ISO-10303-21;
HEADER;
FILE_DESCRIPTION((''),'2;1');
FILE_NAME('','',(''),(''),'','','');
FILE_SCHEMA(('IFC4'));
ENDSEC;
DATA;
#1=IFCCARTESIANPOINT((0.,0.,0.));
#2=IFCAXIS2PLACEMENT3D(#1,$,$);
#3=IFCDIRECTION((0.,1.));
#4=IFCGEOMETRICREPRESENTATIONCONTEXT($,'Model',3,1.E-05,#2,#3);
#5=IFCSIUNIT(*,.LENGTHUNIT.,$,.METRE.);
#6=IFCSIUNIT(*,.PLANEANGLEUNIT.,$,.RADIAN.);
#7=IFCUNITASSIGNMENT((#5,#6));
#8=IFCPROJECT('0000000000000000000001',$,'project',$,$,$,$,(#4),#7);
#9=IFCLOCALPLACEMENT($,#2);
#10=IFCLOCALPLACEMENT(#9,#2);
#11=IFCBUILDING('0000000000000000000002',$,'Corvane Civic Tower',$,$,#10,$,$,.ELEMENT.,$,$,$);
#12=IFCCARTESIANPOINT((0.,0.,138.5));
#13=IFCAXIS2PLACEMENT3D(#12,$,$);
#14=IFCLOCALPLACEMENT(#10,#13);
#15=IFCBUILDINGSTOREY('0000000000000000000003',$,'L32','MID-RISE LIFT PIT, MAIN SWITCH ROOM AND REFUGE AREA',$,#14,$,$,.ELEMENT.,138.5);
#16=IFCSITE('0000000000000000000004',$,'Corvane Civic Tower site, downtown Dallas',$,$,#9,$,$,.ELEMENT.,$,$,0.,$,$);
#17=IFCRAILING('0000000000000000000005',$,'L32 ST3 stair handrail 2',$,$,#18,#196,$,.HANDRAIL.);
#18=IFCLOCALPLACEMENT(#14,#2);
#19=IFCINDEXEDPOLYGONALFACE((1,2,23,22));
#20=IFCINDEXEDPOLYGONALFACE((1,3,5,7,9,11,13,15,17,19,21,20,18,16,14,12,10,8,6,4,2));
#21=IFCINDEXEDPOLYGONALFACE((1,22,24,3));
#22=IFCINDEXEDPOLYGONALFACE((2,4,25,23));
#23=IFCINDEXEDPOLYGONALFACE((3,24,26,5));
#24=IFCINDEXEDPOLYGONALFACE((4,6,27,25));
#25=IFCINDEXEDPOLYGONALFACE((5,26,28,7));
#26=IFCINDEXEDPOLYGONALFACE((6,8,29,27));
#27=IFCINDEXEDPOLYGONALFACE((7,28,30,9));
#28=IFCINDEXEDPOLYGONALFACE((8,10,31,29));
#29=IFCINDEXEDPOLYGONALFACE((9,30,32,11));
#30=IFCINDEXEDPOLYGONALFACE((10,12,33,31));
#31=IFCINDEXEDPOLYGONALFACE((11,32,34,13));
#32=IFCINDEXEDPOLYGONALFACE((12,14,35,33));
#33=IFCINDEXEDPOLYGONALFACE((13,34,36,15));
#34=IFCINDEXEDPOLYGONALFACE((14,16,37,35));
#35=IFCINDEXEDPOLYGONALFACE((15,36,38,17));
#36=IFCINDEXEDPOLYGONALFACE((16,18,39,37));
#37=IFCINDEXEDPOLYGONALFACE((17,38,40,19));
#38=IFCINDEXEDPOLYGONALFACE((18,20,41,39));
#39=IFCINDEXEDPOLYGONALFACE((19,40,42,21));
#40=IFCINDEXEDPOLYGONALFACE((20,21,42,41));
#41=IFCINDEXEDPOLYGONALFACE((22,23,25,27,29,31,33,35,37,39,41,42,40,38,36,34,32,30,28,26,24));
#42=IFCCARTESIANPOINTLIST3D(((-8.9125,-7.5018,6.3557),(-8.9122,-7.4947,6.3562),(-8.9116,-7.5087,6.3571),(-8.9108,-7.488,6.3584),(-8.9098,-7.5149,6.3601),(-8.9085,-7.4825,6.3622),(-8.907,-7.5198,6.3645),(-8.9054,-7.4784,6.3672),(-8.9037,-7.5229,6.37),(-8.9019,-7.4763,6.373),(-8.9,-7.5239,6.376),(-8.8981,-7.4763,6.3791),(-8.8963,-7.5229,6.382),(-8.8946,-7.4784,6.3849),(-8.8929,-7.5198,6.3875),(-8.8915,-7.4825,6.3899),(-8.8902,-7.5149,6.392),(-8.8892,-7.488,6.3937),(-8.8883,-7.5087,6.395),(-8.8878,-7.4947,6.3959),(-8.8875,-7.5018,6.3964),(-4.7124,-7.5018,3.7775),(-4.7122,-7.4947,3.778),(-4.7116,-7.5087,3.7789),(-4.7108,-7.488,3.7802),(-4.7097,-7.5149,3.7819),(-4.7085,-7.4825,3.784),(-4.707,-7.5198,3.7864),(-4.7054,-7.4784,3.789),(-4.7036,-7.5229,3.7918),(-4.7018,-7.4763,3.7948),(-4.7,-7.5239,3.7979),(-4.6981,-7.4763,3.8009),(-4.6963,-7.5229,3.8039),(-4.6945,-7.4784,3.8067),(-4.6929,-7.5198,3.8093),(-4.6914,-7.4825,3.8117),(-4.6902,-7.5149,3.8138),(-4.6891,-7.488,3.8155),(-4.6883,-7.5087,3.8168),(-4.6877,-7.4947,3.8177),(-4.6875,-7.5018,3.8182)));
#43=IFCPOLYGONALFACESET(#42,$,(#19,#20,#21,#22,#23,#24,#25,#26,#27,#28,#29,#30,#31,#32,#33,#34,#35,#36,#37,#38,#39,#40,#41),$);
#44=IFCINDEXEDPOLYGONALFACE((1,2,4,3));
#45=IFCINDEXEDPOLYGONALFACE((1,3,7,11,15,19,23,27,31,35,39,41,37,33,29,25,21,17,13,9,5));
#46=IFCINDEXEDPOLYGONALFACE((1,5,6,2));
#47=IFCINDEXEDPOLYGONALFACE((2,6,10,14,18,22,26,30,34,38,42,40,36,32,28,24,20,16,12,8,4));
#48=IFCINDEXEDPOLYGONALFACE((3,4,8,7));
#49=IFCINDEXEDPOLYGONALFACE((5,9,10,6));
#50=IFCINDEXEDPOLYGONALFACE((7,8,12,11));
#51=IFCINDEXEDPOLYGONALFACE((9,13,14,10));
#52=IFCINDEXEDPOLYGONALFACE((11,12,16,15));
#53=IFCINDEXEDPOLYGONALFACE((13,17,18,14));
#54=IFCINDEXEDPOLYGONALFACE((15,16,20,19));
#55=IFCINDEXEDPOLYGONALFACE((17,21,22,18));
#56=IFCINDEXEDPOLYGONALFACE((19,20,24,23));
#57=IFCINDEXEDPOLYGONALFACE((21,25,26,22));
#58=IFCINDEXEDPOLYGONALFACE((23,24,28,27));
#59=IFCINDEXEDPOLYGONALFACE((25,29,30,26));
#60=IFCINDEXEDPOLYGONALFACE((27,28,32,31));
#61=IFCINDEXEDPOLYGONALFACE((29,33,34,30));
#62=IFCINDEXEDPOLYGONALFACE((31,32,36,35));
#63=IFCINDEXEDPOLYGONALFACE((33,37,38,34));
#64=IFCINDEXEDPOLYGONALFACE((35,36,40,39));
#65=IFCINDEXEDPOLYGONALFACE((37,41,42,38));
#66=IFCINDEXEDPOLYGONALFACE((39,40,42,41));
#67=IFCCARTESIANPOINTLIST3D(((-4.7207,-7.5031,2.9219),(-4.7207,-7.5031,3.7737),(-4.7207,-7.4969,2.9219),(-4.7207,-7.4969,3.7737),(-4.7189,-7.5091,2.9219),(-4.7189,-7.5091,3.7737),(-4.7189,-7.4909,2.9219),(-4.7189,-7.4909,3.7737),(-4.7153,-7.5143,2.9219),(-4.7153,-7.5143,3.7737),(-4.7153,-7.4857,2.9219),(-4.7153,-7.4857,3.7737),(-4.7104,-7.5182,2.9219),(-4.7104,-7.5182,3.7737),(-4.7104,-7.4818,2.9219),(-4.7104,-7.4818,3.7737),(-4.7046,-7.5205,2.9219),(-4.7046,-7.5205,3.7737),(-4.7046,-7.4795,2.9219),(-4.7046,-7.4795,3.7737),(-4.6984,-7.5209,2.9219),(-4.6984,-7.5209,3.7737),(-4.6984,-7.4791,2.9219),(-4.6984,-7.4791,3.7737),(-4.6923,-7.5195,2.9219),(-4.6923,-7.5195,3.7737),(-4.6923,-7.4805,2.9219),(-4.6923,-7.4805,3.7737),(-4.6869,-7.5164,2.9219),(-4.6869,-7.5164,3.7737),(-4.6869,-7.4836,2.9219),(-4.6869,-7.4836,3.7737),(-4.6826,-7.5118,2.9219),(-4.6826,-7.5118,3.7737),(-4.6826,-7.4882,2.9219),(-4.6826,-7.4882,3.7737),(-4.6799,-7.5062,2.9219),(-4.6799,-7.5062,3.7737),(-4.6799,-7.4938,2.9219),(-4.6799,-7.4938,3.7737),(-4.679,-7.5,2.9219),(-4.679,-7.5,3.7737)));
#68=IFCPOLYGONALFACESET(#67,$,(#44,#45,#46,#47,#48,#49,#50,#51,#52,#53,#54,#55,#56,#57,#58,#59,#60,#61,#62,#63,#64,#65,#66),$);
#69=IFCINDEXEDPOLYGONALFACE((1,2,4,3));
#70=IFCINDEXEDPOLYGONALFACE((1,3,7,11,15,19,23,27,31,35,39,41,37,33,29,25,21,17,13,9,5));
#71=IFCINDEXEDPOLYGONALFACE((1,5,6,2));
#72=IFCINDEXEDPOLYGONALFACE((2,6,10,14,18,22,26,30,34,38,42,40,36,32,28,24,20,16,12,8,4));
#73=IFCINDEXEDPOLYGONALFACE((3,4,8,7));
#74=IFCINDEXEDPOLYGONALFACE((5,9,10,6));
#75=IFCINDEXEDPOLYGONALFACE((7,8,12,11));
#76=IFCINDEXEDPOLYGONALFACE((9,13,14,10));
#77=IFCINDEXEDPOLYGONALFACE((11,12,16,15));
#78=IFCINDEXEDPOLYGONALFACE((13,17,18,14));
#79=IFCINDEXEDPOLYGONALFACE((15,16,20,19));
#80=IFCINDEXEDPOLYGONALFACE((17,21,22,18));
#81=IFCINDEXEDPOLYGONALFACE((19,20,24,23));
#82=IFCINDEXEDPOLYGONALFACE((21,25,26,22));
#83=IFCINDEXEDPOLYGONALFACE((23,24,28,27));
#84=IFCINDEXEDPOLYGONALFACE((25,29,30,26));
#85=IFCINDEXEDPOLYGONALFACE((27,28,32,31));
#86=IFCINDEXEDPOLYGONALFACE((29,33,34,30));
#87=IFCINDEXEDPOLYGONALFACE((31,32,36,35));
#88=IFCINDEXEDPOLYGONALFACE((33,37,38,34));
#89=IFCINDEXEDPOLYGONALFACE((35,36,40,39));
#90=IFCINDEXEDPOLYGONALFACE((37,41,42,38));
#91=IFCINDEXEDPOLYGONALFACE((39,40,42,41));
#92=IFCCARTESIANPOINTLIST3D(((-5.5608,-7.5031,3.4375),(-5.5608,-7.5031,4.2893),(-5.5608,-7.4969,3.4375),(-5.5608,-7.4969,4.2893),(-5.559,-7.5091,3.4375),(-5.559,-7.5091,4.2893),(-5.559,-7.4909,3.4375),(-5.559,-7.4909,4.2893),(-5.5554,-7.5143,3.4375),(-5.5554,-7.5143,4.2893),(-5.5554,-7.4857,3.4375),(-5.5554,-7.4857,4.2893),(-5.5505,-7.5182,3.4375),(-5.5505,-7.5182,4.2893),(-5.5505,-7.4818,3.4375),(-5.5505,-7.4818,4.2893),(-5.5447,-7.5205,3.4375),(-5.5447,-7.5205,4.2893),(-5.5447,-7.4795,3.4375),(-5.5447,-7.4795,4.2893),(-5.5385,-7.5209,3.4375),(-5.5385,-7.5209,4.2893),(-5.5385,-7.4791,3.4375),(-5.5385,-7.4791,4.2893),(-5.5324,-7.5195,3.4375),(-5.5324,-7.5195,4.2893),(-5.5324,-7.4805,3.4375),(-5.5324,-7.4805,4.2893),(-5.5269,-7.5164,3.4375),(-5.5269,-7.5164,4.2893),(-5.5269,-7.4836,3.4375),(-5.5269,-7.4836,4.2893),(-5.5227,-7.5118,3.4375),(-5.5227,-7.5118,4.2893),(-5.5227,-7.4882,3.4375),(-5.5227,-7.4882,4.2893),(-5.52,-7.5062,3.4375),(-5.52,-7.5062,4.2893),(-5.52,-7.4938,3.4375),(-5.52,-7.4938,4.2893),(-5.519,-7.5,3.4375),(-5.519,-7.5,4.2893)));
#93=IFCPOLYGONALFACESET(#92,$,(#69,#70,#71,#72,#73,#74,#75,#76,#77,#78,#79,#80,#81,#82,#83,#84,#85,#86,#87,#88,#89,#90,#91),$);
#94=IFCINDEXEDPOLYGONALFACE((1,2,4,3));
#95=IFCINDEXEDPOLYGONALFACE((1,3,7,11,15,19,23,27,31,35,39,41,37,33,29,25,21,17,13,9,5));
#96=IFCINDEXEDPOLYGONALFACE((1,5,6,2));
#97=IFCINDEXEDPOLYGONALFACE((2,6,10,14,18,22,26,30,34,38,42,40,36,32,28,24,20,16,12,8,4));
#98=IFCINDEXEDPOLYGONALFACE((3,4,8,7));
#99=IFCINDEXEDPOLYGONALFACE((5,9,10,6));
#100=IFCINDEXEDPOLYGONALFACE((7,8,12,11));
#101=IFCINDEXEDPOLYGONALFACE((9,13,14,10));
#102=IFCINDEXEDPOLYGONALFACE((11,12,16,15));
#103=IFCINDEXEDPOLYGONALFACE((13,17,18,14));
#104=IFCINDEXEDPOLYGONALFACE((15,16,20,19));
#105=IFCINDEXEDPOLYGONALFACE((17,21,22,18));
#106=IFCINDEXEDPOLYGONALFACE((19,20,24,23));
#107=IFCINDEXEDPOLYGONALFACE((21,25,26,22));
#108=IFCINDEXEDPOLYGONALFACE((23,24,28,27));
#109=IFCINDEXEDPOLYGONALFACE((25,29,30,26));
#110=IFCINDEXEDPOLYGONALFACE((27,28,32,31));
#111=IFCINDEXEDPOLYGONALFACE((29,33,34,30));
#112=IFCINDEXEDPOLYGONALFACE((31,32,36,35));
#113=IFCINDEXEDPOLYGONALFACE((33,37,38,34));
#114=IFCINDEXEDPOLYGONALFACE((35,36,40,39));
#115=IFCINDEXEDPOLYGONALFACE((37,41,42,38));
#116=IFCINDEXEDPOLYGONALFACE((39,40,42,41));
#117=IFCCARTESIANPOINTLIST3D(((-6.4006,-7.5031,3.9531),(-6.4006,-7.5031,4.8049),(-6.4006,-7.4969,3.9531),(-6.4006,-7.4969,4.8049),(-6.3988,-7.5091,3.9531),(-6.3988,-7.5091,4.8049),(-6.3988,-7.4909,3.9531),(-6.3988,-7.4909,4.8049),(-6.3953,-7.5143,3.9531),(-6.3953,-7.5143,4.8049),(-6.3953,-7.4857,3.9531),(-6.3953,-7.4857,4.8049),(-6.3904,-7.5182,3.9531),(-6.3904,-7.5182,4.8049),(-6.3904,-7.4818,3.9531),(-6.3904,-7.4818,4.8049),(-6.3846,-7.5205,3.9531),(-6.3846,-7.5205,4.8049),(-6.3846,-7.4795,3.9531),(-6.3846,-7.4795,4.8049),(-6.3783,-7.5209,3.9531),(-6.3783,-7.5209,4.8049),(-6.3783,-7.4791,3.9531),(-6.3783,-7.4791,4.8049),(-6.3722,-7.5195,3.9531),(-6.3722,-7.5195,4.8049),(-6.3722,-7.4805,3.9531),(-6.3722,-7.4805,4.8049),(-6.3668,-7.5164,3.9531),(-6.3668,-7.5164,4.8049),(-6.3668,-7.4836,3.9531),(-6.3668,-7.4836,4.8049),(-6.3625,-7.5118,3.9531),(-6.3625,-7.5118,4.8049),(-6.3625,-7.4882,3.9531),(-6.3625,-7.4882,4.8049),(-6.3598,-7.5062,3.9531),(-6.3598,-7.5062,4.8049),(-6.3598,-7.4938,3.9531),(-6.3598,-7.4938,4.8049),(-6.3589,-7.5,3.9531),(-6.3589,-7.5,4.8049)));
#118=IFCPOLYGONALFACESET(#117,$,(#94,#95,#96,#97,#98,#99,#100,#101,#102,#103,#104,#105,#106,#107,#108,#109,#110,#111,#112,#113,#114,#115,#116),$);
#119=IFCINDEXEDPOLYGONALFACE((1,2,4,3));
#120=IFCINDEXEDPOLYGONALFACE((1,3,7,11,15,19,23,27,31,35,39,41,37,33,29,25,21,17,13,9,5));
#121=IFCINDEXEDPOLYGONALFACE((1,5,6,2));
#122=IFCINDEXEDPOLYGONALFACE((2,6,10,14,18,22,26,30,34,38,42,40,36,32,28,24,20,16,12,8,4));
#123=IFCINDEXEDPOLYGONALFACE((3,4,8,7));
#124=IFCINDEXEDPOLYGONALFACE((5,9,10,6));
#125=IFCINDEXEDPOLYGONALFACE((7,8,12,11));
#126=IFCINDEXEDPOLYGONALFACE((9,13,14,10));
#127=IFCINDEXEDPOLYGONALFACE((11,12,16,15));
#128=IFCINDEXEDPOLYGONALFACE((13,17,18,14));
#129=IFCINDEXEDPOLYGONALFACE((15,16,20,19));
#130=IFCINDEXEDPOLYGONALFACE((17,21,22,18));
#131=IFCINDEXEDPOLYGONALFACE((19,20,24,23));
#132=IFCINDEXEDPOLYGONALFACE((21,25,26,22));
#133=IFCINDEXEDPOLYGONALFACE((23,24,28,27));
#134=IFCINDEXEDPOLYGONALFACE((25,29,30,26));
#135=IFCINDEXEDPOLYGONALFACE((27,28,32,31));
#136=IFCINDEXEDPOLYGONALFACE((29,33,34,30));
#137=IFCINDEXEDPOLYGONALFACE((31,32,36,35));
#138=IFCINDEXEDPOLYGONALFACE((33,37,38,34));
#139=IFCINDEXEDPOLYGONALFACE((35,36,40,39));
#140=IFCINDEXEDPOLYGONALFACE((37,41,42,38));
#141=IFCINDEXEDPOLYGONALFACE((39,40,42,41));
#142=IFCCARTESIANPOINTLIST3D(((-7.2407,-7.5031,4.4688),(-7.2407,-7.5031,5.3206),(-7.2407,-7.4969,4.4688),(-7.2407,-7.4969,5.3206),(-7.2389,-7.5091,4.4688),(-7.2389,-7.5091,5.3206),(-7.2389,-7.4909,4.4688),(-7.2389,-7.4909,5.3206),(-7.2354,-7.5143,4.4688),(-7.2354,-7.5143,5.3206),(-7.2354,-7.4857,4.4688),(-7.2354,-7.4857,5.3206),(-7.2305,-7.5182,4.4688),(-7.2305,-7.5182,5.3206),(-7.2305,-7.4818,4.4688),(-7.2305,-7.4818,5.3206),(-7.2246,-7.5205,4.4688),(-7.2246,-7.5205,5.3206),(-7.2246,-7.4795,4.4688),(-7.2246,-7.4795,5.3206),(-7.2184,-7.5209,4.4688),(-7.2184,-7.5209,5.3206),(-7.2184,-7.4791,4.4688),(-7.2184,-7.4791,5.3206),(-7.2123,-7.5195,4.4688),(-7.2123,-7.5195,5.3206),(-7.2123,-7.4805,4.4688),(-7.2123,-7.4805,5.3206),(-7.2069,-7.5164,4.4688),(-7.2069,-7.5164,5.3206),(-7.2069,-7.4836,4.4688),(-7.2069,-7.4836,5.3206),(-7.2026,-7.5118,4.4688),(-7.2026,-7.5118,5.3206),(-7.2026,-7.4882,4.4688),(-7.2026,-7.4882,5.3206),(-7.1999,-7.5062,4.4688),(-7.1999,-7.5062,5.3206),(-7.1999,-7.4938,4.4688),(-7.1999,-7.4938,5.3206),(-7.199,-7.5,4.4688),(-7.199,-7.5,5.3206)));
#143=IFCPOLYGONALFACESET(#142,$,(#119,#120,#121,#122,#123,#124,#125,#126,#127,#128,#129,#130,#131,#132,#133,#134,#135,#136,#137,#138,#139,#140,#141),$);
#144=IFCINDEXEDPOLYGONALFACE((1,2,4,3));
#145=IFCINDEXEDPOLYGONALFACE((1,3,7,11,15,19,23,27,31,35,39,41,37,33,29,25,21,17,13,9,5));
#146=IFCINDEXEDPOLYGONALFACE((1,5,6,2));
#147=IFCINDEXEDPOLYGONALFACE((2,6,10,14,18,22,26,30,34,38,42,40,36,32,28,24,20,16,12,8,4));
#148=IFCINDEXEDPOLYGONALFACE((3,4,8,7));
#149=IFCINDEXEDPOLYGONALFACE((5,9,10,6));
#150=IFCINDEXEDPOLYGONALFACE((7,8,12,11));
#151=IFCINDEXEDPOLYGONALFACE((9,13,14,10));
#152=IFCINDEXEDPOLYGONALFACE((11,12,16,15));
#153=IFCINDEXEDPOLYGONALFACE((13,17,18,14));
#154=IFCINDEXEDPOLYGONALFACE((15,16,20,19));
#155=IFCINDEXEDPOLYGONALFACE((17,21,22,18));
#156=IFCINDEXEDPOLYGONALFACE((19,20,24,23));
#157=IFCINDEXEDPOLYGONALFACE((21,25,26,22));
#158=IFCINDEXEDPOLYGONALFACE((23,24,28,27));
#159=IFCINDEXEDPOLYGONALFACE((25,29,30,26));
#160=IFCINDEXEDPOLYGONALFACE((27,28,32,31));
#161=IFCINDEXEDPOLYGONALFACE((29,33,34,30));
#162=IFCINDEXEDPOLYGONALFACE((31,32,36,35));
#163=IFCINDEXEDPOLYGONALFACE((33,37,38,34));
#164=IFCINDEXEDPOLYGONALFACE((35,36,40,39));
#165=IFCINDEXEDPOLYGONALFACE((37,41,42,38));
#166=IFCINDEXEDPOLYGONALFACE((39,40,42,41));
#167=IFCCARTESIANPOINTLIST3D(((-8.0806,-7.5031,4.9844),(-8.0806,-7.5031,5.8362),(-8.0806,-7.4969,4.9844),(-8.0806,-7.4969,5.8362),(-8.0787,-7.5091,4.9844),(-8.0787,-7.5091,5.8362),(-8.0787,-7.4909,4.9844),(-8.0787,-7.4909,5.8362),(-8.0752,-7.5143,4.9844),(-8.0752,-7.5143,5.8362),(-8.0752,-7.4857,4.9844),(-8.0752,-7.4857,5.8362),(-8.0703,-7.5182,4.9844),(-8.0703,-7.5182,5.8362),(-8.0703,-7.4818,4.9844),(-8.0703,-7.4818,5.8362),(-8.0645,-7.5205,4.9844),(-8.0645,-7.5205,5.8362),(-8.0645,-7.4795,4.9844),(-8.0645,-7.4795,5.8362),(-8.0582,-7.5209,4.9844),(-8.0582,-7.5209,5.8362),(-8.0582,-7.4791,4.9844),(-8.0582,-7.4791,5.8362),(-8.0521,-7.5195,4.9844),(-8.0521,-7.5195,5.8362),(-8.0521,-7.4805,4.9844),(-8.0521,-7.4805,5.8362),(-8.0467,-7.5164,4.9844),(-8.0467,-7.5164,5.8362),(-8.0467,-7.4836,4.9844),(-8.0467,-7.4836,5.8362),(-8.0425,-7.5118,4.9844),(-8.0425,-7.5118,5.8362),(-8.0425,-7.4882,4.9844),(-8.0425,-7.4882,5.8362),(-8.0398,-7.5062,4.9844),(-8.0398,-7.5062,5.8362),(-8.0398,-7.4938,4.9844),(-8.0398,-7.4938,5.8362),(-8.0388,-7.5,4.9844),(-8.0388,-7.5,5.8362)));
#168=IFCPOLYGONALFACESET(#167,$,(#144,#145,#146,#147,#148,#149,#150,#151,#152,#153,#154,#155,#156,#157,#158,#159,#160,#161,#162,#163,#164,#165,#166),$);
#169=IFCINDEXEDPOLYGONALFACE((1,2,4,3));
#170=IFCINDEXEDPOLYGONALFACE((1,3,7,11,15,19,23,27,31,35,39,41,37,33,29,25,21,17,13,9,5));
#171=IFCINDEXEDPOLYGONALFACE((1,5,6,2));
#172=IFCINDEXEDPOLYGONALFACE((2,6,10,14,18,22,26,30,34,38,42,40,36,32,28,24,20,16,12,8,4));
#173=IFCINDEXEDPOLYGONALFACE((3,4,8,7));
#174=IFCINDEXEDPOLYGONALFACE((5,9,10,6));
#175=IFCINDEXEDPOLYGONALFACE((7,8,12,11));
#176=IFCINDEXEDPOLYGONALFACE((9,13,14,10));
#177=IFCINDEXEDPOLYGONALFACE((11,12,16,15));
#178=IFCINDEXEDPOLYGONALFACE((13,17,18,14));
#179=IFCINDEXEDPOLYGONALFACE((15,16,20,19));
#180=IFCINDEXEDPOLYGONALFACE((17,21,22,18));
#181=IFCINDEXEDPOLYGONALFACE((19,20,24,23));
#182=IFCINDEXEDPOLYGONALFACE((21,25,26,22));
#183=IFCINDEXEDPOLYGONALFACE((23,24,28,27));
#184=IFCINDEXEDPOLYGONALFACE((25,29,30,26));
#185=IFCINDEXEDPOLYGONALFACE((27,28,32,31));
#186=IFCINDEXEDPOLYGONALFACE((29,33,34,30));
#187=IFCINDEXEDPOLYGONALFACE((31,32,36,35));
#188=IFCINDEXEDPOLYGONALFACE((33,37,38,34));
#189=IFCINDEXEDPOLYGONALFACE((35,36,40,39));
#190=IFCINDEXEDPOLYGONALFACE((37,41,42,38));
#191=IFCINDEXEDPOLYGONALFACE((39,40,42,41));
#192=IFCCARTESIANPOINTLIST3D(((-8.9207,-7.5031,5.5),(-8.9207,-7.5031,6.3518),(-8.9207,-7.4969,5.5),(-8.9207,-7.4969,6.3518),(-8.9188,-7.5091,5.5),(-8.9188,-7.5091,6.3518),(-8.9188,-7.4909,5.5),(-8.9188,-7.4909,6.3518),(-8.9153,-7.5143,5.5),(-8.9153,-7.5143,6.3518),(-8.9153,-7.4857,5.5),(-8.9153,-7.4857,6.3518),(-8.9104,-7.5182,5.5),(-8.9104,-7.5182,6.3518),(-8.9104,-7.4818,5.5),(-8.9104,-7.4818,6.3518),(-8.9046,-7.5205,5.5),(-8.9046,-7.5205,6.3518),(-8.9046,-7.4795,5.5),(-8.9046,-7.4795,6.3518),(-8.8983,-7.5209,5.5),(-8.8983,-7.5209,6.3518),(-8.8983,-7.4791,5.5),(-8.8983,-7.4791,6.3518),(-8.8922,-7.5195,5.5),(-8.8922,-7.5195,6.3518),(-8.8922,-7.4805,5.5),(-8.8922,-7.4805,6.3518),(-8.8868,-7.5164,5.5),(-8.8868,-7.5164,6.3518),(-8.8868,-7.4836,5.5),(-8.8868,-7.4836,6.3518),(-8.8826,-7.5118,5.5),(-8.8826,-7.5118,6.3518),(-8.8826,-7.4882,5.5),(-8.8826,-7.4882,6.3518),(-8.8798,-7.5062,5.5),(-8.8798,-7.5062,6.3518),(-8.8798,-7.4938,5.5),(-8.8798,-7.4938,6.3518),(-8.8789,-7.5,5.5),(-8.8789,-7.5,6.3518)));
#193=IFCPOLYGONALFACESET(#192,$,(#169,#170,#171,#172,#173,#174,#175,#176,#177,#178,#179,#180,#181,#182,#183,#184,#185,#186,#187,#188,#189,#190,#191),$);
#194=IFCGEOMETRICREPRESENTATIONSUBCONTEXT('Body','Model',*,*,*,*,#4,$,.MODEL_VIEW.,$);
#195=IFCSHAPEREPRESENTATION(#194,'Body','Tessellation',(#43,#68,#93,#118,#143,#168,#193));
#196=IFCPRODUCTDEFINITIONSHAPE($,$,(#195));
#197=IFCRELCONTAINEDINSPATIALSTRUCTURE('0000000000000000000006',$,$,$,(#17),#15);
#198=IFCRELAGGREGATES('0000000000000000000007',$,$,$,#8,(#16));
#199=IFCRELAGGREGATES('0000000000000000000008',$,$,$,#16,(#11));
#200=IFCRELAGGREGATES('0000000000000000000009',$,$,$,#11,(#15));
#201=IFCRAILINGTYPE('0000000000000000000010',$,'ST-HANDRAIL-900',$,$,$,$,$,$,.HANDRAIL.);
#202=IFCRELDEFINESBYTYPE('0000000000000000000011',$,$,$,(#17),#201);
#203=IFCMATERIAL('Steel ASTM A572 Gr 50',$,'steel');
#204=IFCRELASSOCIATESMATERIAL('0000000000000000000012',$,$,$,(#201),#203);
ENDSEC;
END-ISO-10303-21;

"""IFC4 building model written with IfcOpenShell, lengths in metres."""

from ifc_helpers import new_model, si_unit, direction, frame, origin, origin_2d, place, context, subcontext, project, spatial, circle, extrude, material, type_object, element, save


model = new_model("IFC4")

# Units and contexts
model_context = context("Model", 3, precision=1e-05, world=origin(), true_north=direction((0.0, 1.0)))
body_context = subcontext(model_context, "Body", "Model", "MODEL_VIEW")
ifc_project = project(units=[si_unit("LENGTHUNIT", "METRE"), si_unit("PLANEANGLEUNIT", "RADIAN")], contexts=[model_context])

# Site, building, storey
site_placement = place(None, origin())
site = spatial("IfcSite", under=ifc_project, at=site_placement, Name="Corvane Civic Tower site, downtown Dallas", CompositionType="ELEMENT", RefElevation=0.0)
building_placement = place(site_placement, origin())
building = spatial("IfcBuilding", under=site, at=building_placement, Name="Corvane Civic Tower", CompositionType="ELEMENT")
storey_placement = place(building_placement, frame((0.0, 0.0, 138.5)))
storey = spatial("IfcBuildingStorey", under=building, at=storey_placement, Name="L32", Description="MID-RISE LIFT PIT, MAIN SWITCH ROOM AND REFUGE AREA", CompositionType="ELEMENT", Elevation=138.5)

# Railing
ifc_material_1 = material(Name="Steel ASTM A572 Gr 50", Category="steel")
railing_type_1 = type_object("IfcRailingType", Name="ST-HANDRAIL-900", PredefinedType="HANDRAIL", material=ifc_material_1)
railing_1_placement = place(storey_placement, frame((-4.7, -7.5, 2.9219)))
element("IfcRailing", 1, at=railing_1_placement, inside=storey, type_object=railing_type_1, Name="L32 ST3 stair handrail 2", PredefinedType="HANDRAIL", context=body_context, shape_type="SweptSolid", body=[
    extrude(circle(Radius=0.0239, at=origin_2d()), frame((0.0, 0.0, 0.876), z_axis=(-0.852243, 0.0, 0.523146), x_axis=(0.0, -1.0, 0.0)), (0.0, 0.0, 1.0), 4.9282),
    extrude(circle(Radius=0.021, at=origin_2d()), origin(), (0.0, 0.0, 1.0), 0.8518),
    extrude(circle(Radius=0.021, at=origin_2d()), frame((-0.8401, 0.0, 0.5156)), (0.0, 0.0, 1.0), 0.8518),
    extrude(circle(Radius=0.021, at=origin_2d()), frame((-1.6799, 0.0, 1.0312)), (0.0, 0.0, 1.0), 0.8518),
    extrude(circle(Radius=0.021, at=origin_2d()), frame((-2.52, 0.0, 1.5469)), (0.0, 0.0, 1.0), 0.8518),
    extrude(circle(Radius=0.021, at=origin_2d()), frame((-3.3599, 0.0, 2.0625)), (0.0, 0.0, 1.0), 0.8518),
    extrude(circle(Radius=0.021, at=origin_2d()), frame((-4.2, 0.0, 2.5781)), (0.0, 0.0, 1.0), 0.8518),
])

save(model, "model.ifc")
